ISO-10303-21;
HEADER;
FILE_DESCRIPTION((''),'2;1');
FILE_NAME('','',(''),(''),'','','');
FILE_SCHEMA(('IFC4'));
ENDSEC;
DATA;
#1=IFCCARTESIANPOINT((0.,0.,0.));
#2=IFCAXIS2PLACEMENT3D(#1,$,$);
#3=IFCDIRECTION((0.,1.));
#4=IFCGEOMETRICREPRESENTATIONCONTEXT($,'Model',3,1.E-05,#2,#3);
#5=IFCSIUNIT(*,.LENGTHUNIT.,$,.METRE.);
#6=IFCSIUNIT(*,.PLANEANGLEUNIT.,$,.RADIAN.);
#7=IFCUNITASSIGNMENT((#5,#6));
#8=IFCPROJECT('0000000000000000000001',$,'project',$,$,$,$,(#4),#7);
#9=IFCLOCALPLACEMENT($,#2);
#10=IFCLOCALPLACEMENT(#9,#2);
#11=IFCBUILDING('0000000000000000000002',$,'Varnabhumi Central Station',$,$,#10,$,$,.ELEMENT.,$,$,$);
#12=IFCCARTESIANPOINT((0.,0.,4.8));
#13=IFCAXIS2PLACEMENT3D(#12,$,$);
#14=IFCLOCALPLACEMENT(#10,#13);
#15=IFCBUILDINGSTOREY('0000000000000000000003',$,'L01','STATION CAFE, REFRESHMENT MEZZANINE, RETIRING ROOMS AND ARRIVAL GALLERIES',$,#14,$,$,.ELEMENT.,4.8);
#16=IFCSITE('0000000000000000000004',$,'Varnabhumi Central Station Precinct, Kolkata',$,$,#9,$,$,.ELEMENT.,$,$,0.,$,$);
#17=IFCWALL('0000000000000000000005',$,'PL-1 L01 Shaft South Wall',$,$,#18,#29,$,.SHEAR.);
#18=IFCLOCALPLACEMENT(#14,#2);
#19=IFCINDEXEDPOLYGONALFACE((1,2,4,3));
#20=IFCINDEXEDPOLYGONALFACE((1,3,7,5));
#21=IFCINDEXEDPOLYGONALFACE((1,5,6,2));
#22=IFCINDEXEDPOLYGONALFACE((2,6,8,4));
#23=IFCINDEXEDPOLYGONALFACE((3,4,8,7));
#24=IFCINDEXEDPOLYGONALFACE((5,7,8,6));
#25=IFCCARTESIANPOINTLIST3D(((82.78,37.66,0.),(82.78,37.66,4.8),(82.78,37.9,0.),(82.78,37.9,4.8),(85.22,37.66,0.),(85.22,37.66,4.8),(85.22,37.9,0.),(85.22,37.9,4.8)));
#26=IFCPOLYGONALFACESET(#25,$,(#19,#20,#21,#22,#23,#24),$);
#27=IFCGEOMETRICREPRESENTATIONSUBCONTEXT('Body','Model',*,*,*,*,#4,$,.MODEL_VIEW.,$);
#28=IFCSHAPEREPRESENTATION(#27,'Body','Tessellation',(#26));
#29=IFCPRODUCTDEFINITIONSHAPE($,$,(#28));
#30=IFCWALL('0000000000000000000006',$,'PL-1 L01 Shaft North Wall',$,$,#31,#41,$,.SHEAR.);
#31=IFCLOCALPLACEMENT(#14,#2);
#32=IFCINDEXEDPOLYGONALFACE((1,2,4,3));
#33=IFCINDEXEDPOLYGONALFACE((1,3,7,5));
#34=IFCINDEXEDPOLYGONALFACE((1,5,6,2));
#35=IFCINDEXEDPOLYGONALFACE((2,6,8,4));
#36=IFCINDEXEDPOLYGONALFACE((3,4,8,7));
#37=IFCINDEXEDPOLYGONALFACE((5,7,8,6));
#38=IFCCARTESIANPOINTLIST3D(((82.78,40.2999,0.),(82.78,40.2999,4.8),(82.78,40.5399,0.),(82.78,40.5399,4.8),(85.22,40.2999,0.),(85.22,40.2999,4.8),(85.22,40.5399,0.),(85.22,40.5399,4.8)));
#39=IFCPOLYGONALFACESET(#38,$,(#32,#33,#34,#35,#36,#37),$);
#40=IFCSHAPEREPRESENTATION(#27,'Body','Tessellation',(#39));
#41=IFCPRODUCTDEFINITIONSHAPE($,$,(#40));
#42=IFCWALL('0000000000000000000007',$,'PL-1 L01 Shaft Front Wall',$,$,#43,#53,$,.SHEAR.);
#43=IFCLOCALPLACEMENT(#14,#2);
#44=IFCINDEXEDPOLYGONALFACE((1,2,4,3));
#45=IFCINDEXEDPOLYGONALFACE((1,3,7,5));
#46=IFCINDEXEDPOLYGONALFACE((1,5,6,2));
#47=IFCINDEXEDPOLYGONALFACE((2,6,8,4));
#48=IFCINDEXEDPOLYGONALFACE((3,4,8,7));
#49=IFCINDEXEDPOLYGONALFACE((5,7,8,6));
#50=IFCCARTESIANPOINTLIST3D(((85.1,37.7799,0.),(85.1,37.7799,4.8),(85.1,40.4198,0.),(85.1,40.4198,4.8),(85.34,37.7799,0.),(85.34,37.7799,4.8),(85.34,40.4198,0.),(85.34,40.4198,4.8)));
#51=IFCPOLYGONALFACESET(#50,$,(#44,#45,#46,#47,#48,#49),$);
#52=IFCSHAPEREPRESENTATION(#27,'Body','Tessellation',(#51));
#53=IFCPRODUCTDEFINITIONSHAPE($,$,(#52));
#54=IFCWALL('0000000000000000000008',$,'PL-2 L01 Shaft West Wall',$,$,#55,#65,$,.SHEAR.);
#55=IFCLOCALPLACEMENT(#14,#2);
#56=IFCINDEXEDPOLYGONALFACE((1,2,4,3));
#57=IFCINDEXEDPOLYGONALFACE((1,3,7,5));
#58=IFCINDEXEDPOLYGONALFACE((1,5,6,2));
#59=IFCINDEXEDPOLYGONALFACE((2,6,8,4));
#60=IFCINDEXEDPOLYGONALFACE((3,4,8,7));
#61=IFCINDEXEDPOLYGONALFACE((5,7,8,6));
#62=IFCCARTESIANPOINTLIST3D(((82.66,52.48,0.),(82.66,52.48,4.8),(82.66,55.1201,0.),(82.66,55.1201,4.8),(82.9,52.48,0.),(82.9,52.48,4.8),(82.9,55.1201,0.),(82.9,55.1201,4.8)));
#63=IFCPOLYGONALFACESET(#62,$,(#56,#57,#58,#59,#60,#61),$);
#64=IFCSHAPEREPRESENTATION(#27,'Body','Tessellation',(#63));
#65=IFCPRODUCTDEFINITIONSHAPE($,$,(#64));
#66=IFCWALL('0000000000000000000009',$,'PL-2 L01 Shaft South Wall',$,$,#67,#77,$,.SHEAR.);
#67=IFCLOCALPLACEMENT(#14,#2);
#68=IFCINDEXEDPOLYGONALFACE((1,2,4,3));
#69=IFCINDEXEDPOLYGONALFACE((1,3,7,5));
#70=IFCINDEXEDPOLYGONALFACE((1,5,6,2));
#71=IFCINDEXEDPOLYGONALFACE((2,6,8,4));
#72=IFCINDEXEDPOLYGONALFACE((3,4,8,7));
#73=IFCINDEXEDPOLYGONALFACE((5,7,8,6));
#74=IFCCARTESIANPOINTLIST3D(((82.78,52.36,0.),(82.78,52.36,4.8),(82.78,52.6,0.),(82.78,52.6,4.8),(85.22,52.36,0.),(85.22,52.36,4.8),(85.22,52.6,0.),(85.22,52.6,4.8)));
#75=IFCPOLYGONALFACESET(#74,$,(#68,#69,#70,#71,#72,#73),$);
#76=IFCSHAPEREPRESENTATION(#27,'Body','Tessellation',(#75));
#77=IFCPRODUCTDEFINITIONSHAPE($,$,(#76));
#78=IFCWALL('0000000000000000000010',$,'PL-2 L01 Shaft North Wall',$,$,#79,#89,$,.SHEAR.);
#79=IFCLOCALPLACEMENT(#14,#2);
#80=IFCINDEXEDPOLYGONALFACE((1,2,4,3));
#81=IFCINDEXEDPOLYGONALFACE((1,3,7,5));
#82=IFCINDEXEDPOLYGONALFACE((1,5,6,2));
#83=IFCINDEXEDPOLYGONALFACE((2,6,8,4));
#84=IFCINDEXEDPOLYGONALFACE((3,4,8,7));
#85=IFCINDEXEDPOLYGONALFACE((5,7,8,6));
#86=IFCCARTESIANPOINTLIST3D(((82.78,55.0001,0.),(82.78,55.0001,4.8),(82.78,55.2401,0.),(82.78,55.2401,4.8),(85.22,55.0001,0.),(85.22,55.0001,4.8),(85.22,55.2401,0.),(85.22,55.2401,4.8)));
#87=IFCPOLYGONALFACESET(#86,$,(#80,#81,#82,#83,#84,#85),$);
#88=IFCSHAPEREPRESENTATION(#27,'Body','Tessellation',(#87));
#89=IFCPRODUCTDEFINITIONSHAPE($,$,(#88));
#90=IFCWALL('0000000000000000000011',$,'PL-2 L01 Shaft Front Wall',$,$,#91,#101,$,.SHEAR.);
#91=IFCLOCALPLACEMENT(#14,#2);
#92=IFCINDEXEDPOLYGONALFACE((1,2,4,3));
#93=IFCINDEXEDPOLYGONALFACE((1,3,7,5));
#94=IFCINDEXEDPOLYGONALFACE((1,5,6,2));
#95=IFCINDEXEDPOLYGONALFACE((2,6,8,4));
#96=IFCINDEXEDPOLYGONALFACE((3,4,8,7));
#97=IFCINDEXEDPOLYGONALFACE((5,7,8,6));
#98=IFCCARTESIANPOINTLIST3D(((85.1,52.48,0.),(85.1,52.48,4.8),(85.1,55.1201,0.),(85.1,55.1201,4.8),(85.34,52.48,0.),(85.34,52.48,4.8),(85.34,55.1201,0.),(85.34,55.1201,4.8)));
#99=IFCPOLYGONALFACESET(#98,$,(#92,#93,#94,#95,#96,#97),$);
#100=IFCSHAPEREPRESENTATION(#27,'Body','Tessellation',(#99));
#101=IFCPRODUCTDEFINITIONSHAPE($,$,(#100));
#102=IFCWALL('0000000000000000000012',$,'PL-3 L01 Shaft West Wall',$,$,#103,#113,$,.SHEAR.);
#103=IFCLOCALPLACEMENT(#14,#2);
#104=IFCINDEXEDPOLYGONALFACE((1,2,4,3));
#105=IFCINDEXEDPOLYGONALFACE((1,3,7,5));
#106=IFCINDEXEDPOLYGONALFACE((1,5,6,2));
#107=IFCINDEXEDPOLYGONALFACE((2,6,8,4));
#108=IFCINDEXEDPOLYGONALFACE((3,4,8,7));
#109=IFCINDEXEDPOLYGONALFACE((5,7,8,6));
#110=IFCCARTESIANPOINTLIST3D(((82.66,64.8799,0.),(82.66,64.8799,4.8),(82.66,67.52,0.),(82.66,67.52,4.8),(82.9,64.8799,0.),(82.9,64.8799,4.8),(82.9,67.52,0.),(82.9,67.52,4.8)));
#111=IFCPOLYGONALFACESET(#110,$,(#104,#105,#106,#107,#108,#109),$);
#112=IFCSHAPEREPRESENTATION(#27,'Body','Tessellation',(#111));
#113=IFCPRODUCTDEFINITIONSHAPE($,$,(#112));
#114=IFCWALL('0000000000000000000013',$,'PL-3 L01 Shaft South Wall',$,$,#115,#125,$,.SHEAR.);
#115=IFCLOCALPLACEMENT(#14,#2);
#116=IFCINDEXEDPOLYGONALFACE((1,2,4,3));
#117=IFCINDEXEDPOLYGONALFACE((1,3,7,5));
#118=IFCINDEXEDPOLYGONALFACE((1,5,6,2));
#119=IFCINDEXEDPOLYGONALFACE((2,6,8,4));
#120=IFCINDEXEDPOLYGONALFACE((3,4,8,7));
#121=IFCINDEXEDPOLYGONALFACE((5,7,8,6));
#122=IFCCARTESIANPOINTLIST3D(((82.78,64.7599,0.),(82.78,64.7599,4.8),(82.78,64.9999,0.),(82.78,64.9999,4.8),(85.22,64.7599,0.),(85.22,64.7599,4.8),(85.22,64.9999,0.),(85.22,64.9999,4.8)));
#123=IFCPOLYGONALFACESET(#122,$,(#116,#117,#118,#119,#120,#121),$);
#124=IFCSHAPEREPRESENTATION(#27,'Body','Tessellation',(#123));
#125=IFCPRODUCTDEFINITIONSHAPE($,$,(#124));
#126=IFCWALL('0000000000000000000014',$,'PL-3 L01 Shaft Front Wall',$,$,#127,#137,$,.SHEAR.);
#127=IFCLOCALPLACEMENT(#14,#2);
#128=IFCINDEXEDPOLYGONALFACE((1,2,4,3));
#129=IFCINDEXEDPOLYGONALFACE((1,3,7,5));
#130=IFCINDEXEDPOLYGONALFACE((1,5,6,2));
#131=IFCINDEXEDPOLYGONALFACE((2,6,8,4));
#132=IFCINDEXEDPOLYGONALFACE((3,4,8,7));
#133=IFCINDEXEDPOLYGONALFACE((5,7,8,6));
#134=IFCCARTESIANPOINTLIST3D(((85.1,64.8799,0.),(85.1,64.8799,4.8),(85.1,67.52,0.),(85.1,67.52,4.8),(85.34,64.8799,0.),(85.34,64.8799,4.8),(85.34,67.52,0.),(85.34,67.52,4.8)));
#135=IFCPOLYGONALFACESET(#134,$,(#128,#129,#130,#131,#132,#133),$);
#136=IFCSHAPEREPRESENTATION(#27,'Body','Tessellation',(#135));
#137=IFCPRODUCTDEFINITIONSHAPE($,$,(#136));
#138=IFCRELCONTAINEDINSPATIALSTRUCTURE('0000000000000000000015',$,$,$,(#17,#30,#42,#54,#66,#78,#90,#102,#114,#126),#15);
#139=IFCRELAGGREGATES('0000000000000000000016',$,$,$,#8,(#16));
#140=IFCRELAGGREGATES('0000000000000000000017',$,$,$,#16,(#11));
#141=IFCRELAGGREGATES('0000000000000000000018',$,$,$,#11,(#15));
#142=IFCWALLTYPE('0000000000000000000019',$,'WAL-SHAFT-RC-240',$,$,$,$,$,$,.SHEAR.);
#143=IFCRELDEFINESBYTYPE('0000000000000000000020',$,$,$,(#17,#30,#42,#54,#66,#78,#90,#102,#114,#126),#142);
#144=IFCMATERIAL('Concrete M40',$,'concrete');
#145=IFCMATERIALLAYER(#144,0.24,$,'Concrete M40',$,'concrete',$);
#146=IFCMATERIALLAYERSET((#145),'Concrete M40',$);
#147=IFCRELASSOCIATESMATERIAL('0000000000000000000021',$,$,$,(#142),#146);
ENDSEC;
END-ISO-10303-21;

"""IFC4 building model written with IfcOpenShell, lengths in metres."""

from ifc_helpers import new_model, si_unit, direction, frame, frame_2d, origin, place, context, subcontext, project, spatial, rectangle, extrude, material, layer, layer_set, type_object, element, save


model = new_model("IFC4")

# Units and contexts
model_context = context("Model", 3, precision=1e-05, world=origin(), true_north=direction((0.0, 1.0)))
body_context = subcontext(model_context, "Body", "Model", "MODEL_VIEW")
ifc_project = project(units=[si_unit("LENGTHUNIT", "METRE"), si_unit("PLANEANGLEUNIT", "RADIAN")], contexts=[model_context])

# Site, building, storey
site_placement = place(None, origin())
site = spatial("IfcSite", under=ifc_project, at=site_placement, Name="Varnabhumi Central Station Precinct, Kolkata", CompositionType="ELEMENT", RefElevation=0.0)
building_placement = place(site_placement, origin())
building = spatial("IfcBuilding", under=site, at=building_placement, Name="Varnabhumi Central Station", CompositionType="ELEMENT")
storey_placement = place(building_placement, frame((0.0, 0.0, 4.8)))
storey = spatial("IfcBuildingStorey", under=building, at=storey_placement, Name="L01", Description="STATION CAFE, REFRESHMENT MEZZANINE, RETIRING ROOMS AND ARRIVAL GALLERIES", CompositionType="ELEMENT", Elevation=4.8)

# Walls
ifc_material_1 = material(Name="Concrete M40", Category="concrete")
ifc_layer = layer(ifc_material_1, 0.24, Name="Concrete M40", Category="concrete")
ifc_layer_set = layer_set([ifc_layer], Name="Concrete M40")
wall_type = type_object("IfcWallType", Name="WAL-SHAFT-RC-240", PredefinedType="SHEAR", material=ifc_layer_set)
for number, where, z_axis, x_axis, name in (
    (1, (82.78, 37.78, 0.0), (0.0, 0.0, 1.0), (1.0, 0.0, 0.0), "PL-1 L01 Shaft South Wall"),
    (2, (82.78, 40.4199, 0.0), (0.0, 0.0, 1.0), (1.0, 0.0, 0.0), "PL-1 L01 Shaft North Wall"),
):
    element("IfcWall", number, at=place(storey_placement, frame(where, z_axis=z_axis, x_axis=x_axis)), inside=storey, type_object=wall_type, Name=name, PredefinedType="SHEAR", context=body_context, shape_type="SweptSolid", body=[
        extrude(rectangle(XDim=2.4399, YDim=0.24, at=frame_2d((1.22, 0.0))), origin(), (0.0, 0.0, 1.0), 4.8),
    ])
wall_1_placement = place(storey_placement, frame((85.22, 37.78, 0.0), z_axis=(0.0, 0.0, 1.0), x_axis=(0.0, 1.0, 0.0)))
element("IfcWall", 3, at=wall_1_placement, inside=storey, type_object=wall_type, Name="PL-1 L01 Shaft Front Wall", PredefinedType="SHEAR", context=body_context, shape_type="SweptSolid", body=[
    extrude(rectangle(XDim=2.6399, YDim=0.24, at=frame_2d((1.3198, 0.0))), origin(), (0.0, 0.0, 1.0), 4.8),
])
wall_2_placement = place(storey_placement, frame((82.78, 52.48, 0.0), z_axis=(0.0, 0.0, 1.0), x_axis=(0.0, 1.0, 0.0)))
element("IfcWall", 4, at=wall_2_placement, inside=storey, type_object=wall_type, Name="PL-2 L01 Shaft West Wall", PredefinedType="SHEAR", context=body_context, shape_type="SweptSolid", body=[
    extrude(rectangle(XDim=2.6401, YDim=0.24, at=frame_2d((1.3201, 0.0))), origin(), (0.0, 0.0, 1.0), 4.8),
])
for number, where, z_axis, x_axis, name in (
    (5, (82.78, 52.48, 0.0), (0.0, 0.0, 1.0), (1.0, 0.0, 0.0), "PL-2 L01 Shaft South Wall"),
    (6, (82.78, 55.1201, 0.0), (0.0, 0.0, 1.0), (1.0, 0.0, 0.0), "PL-2 L01 Shaft North Wall"),
):
    element("IfcWall", number, at=place(storey_placement, frame(where, z_axis=z_axis, x_axis=x_axis)), inside=storey, type_object=wall_type, Name=name, PredefinedType="SHEAR", context=body_context, shape_type="SweptSolid", body=[
        extrude(rectangle(XDim=2.4399, YDim=0.24, at=frame_2d((1.22, 0.0))), origin(), (0.0, 0.0, 1.0), 4.8),
    ])
for number, where, z_axis, x_axis, name in (
    (7, (85.22, 52.48, 0.0), (0.0, 0.0, 1.0), (0.0, 1.0, 0.0), "PL-2 L01 Shaft Front Wall"),
    (8, (82.78, 64.8799, 0.0), (0.0, 0.0, 1.0), (0.0, 1.0, 0.0), "PL-3 L01 Shaft West Wall"),
):
    element("IfcWall", number, at=place(storey_placement, frame(where, z_axis=z_axis, x_axis=x_axis)), inside=storey, type_object=wall_type, Name=name, PredefinedType="SHEAR", context=body_context, shape_type="SweptSolid", body=[
        extrude(rectangle(XDim=2.6401, YDim=0.24, at=frame_2d((1.3201, 0.0))), origin(), (0.0, 0.0, 1.0), 4.8),
    ])
wall_3_placement = place(storey_placement, frame((82.78, 64.8799, 0.0), z_axis=(0.0, 0.0, 1.0), x_axis=(1.0, 0.0, 0.0)))
element("IfcWall", 9, at=wall_3_placement, inside=storey, type_object=wall_type, Name="PL-3 L01 Shaft South Wall", PredefinedType="SHEAR", context=body_context, shape_type="SweptSolid", body=[
    extrude(rectangle(XDim=2.4399, YDim=0.24, at=frame_2d((1.22, 0.0))), origin(), (0.0, 0.0, 1.0), 4.8),
])
wall_4_placement = place(storey_placement, frame((85.22, 64.8799, 0.0), z_axis=(0.0, 0.0, 1.0), x_axis=(0.0, 1.0, 0.0)))
element("IfcWall", 10, at=wall_4_placement, inside=storey, type_object=wall_type, Name="PL-3 L01 Shaft Front Wall", PredefinedType="SHEAR", context=body_context, shape_type="SweptSolid", body=[
    extrude(rectangle(XDim=2.6401, YDim=0.24, at=frame_2d((1.3201, 0.0))), origin(), (0.0, 0.0, 1.0), 4.8),
])

save(model, "model.ifc")
